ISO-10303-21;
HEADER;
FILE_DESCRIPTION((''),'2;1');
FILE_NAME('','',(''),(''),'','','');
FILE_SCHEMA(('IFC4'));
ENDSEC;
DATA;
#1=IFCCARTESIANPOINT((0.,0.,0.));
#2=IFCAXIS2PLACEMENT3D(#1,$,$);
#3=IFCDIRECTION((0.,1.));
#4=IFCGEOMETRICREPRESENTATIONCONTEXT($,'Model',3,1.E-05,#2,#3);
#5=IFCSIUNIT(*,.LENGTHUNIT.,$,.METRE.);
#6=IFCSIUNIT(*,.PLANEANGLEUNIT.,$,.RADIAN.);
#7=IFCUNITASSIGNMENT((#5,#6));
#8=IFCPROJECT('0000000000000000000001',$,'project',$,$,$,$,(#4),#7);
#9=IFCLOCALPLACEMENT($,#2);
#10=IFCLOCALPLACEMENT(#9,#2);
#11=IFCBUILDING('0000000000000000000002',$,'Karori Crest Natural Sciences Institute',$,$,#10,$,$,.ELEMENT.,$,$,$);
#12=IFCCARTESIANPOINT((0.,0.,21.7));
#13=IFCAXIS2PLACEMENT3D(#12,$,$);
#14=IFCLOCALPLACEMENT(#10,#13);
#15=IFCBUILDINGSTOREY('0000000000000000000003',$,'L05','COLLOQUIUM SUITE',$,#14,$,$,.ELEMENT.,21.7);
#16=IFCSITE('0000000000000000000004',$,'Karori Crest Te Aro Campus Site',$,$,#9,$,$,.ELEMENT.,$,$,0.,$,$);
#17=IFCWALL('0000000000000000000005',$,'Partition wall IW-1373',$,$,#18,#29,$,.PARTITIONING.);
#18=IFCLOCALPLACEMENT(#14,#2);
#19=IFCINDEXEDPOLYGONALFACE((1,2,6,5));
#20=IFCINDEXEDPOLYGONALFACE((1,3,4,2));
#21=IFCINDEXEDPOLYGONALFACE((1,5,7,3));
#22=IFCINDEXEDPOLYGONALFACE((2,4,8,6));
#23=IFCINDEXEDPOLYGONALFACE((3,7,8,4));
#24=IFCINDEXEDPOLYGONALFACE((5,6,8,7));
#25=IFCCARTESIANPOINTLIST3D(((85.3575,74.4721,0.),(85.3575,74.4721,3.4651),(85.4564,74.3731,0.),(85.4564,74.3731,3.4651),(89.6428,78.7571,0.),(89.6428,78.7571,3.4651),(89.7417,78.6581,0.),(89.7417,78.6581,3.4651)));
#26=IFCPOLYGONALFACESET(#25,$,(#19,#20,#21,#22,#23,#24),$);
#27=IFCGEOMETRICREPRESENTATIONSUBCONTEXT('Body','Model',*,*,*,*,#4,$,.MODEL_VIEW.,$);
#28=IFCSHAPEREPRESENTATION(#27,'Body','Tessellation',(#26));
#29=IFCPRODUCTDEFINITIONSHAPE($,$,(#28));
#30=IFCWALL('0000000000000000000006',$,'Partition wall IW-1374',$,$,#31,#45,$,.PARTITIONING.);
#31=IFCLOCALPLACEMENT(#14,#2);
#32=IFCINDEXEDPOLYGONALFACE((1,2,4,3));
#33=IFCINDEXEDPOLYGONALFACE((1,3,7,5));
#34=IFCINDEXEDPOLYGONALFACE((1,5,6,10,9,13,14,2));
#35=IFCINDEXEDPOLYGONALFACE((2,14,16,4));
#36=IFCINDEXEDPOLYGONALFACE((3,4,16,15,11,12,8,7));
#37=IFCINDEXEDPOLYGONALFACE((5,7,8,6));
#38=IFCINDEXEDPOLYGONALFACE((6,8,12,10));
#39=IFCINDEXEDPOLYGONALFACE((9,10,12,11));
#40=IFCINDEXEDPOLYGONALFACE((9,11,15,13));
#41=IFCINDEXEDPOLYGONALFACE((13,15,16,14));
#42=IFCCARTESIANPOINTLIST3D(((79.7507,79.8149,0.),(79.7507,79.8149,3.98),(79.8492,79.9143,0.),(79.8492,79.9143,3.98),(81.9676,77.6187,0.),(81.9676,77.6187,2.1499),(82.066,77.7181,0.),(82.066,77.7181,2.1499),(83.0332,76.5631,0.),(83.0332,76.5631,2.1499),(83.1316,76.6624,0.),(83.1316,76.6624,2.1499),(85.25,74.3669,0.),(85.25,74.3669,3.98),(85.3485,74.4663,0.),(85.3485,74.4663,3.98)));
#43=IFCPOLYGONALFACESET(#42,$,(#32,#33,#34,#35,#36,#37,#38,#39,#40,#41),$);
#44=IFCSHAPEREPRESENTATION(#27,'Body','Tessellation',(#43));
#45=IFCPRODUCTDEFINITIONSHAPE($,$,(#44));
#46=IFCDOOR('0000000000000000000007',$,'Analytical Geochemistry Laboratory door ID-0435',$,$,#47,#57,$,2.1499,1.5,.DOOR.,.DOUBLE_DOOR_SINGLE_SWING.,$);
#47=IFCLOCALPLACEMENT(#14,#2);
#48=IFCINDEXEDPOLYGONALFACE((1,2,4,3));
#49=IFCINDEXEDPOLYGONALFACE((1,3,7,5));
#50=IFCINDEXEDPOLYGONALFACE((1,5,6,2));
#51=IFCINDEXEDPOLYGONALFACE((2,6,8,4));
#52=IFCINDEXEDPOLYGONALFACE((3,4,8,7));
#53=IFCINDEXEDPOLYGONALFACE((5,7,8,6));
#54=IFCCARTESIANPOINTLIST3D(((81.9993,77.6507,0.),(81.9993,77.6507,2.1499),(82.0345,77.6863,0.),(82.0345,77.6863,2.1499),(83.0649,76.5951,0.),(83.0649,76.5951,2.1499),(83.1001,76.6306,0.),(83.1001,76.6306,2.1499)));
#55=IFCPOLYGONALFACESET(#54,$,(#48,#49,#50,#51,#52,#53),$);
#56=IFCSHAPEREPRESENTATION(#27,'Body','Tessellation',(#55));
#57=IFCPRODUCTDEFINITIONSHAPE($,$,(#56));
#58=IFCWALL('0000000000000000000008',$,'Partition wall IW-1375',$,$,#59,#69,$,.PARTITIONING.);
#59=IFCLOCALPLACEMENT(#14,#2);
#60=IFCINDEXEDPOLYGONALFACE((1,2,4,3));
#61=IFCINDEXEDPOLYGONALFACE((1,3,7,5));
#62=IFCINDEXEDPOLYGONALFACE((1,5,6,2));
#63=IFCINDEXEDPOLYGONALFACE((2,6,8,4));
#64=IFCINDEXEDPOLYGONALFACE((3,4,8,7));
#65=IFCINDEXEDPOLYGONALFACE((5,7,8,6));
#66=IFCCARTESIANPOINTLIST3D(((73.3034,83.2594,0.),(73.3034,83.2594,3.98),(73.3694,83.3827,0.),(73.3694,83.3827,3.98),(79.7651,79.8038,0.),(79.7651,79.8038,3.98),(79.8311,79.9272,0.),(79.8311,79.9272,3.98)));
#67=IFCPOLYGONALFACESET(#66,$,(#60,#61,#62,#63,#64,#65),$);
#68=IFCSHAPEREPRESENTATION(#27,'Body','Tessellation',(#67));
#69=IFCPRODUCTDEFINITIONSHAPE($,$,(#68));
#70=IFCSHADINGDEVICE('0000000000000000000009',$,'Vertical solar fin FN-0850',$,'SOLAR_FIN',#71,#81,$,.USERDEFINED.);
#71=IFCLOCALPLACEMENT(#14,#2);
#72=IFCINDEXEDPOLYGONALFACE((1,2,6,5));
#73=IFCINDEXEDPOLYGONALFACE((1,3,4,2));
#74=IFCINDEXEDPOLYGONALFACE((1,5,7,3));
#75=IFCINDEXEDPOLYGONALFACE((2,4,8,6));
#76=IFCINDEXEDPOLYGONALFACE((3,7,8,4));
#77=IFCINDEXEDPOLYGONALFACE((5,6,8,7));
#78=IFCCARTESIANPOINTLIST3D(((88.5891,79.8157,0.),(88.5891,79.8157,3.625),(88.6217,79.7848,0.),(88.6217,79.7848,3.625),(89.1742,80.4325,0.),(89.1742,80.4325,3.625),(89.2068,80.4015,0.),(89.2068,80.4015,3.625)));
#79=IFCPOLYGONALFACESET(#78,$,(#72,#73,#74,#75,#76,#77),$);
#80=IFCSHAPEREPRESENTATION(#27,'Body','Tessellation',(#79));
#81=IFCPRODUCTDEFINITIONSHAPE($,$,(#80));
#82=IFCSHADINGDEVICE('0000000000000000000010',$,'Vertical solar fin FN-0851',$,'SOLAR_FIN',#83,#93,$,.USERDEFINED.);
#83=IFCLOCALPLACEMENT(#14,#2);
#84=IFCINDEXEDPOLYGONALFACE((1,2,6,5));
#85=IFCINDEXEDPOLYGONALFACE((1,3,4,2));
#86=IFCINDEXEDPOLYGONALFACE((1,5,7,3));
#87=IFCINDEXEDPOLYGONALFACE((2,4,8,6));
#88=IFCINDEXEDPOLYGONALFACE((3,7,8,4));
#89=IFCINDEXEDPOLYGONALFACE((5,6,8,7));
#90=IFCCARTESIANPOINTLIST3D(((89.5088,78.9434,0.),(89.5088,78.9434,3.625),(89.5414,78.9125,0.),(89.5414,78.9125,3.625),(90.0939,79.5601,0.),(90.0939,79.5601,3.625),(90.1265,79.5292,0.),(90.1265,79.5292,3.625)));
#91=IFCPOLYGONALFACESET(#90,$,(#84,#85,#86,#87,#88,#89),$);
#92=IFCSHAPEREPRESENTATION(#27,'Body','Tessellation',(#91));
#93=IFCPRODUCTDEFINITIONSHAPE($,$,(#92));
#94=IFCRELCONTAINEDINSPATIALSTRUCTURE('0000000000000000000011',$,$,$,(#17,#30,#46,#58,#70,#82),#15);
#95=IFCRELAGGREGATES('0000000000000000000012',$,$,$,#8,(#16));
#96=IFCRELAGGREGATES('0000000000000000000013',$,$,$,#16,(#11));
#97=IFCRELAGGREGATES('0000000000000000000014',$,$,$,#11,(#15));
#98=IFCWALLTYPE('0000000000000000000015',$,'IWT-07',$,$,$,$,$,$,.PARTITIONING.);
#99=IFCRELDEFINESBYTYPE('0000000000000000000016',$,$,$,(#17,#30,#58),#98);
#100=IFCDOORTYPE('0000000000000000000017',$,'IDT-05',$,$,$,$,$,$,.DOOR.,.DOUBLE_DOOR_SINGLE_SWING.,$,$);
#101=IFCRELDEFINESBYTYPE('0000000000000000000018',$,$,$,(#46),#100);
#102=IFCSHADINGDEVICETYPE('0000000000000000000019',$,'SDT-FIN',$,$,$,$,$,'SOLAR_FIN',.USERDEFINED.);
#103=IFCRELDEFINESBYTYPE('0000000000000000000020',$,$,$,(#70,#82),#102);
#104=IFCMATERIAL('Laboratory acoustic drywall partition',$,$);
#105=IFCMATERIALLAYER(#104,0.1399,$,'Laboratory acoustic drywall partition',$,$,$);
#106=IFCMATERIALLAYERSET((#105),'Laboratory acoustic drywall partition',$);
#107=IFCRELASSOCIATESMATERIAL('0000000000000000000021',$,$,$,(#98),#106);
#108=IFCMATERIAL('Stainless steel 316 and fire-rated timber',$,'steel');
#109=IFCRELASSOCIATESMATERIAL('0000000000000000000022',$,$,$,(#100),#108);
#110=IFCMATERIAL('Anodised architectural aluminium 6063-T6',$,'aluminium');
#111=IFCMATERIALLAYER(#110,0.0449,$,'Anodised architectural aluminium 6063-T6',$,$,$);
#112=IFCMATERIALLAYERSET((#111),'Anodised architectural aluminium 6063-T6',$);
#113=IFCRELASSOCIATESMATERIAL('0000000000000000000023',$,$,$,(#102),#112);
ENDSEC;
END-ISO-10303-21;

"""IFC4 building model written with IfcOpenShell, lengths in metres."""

from ifc_helpers import new_model, si_unit, direction, frame, frame_2d, origin, origin_2d, place, context, subcontext, project, spatial, rectangle, extrude, material, layer, layer_set, type_object, element, fill, save


model = new_model("IFC4")

# Units and contexts
model_context = context("Model", 3, precision=1e-05, world=origin(), true_north=direction((0.0, 1.0)))
body_context = subcontext(model_context, "Body", "Model", "MODEL_VIEW")
ifc_project = project(units=[si_unit("LENGTHUNIT", "METRE"), si_unit("PLANEANGLEUNIT", "RADIAN")], contexts=[model_context])

# Site, building, storey
site_placement = place(None, origin())
site = spatial("IfcSite", under=ifc_project, at=site_placement, Name="Karori Crest Te Aro Campus Site", CompositionType="ELEMENT", RefElevation=0.0)
building_placement = place(site_placement, origin())
building = spatial("IfcBuilding", under=site, at=building_placement, Name="Karori Crest Natural Sciences Institute", CompositionType="ELEMENT")
storey_placement = place(building_placement, frame((0.0, 0.0, 21.7)))
storey = spatial("IfcBuildingStorey", under=building, at=storey_placement, Name="L05", Description="COLLOQUIUM SUITE", CompositionType="ELEMENT", Elevation=21.7)

# Shared definitions
ifc_material_1 = material(Name="Anodised architectural aluminium 6063-T6", Category="aluminium")

# Wall
ifc_material_2 = material(Name="Laboratory acoustic drywall partition")
ifc_layer_1 = layer(ifc_material_2, 0.1399, Name="Laboratory acoustic drywall partition")
ifc_layer_set_1 = layer_set([ifc_layer_1], Name="Laboratory acoustic drywall partition")
wall_type = type_object("IfcWallType", Name="IWT-07", PredefinedType="PARTITIONING", material=ifc_layer_set_1)
wall_1_placement = place(storey_placement, frame((85.407, 74.4226, 0.0), z_axis=(0.0, 0.0, 1.0), x_axis=(0.707127, 0.707087, 0.0)))
element("IfcWall", 1, at=wall_1_placement, inside=storey, type_object=wall_type, Name="Partition wall IW-1373", PredefinedType="PARTITIONING", context=body_context, shape_type="SweptSolid", body=[
    extrude(rectangle(XDim=6.0601, YDim=0.1399, at=frame_2d((3.03, 0.0))), origin(), (0.0, 0.0, 1.0), 3.4651),
])

# Wall, opening, door
wall_2_placement = place(storey_placement, frame((85.2993, 74.4165, 0.0), z_axis=(0.0, 0.0, 1.0), x_axis=(-0.710411, 0.703787, 0.0)))
wall_2 = element("IfcWall", 2, at=wall_2_placement, inside=storey, type_object=wall_type, Name="Partition wall IW-1374", PredefinedType="PARTITIONING", context=body_context, shape_type="SweptSolid", body=[
    extrude(rectangle(XDim=7.741, YDim=0.1399, at=frame_2d((3.8706, 0.0))), origin(), (0.0, 0.0, 1.0), 3.98),
])
opening_placement = place(wall_2_placement, frame((3.1206, 0.0, 0.0)))
opening = element("IfcOpeningElement", 3, at=opening_placement, cuts=wall_2, PredefinedType="OPENING", context=body_context, shape_type="SweptSolid", body=[
    extrude(rectangle(XDim=1.5, YDim=2.1499, at=frame_2d((0.75, 1.075))), frame((0.0, 0.0801, 0.0), z_axis=(0.0, -1.0, 0.0), x_axis=(1.0, 0.0, 0.0)), (0.0, 0.0, 1.0), 0.1599),
])
ifc_material_3 = material(Name="Stainless steel 316 and fire-rated timber", Category="steel")
door_type = type_object("IfcDoorType", Name="IDT-05", OperationType="DOUBLE_DOOR_SINGLE_SWING", PredefinedType="DOOR", material=ifc_material_3)
door_placement = place(opening_placement, origin())
door = element("IfcDoor", 4, at=door_placement, inside=storey, type_object=door_type, Name="Analytical Geochemistry Laboratory door ID-0435", OperationType="DOUBLE_DOOR_SINGLE_SWING", OverallHeight=2.1499, OverallWidth=1.5, PredefinedType="DOOR", context=body_context, shape_type="SweptSolid", body=[
    extrude(rectangle(XDim=1.5, YDim=2.1499, at=frame_2d((0.75, 1.075))), frame((0.0, 0.0249, 0.0), z_axis=(0.0, -1.0, 0.0), x_axis=(1.0, 0.0, 0.0)), (0.0, 0.0, 1.0), 0.05),
])
fill(opening, door)

# Wall
wall_3_placement = place(storey_placement, frame((79.7981, 79.8655, 0.0), z_axis=(0.0, 0.0, 1.0), x_axis=(-0.881823, 0.471581, 0.0)))
element("IfcWall", 5, at=wall_3_placement, inside=storey, type_object=wall_type, Name="Partition wall IW-1375", PredefinedType="PARTITIONING", context=body_context, shape_type="SweptSolid", body=[
    extrude(rectangle(XDim=7.3276, YDim=0.1399, at=frame_2d((3.6638, 0.0))), origin(), (0.0, 0.0, 1.0), 3.98),
])

# Shading devices
ifc_layer_2 = layer(ifc_material_1, 0.0449, Name="Anodised architectural aluminium 6063-T6")
ifc_layer_set_2 = layer_set([ifc_layer_2], Name="Anodised architectural aluminium 6063-T6")
shading_device_type = type_object("IfcShadingDeviceType", Name="SDT-FIN", ElementType="SOLAR_FIN", PredefinedType="USERDEFINED", material=ifc_layer_set_2)
for number, where, z_axis, x_axis, name in (
    (6, (88.8979, 80.1086, 0.0), (0.0, 0.0, 1.0), (0.688252, 0.725472, 0.0), "Vertical solar fin FN-0850"),
    (7, (89.8176, 79.2363, 0.0), (0.0, 0.0, 1.0), (0.688252, 0.725472, 0.0), "Vertical solar fin FN-0851"),
):
    element("IfcShadingDevice", number, at=place(storey_placement, frame(where, z_axis=z_axis, x_axis=x_axis)), inside=storey, type_object=shading_device_type, Name=name, ObjectType="SOLAR_FIN", PredefinedType="USERDEFINED", context=body_context, shape_type="SweptSolid", body=[
        extrude(rectangle(XDim=0.8501, YDim=0.0449, at=origin_2d()), origin(), (0.0, 0.0, 1.0), 3.625),
    ])

save(model, "model.ifc")
